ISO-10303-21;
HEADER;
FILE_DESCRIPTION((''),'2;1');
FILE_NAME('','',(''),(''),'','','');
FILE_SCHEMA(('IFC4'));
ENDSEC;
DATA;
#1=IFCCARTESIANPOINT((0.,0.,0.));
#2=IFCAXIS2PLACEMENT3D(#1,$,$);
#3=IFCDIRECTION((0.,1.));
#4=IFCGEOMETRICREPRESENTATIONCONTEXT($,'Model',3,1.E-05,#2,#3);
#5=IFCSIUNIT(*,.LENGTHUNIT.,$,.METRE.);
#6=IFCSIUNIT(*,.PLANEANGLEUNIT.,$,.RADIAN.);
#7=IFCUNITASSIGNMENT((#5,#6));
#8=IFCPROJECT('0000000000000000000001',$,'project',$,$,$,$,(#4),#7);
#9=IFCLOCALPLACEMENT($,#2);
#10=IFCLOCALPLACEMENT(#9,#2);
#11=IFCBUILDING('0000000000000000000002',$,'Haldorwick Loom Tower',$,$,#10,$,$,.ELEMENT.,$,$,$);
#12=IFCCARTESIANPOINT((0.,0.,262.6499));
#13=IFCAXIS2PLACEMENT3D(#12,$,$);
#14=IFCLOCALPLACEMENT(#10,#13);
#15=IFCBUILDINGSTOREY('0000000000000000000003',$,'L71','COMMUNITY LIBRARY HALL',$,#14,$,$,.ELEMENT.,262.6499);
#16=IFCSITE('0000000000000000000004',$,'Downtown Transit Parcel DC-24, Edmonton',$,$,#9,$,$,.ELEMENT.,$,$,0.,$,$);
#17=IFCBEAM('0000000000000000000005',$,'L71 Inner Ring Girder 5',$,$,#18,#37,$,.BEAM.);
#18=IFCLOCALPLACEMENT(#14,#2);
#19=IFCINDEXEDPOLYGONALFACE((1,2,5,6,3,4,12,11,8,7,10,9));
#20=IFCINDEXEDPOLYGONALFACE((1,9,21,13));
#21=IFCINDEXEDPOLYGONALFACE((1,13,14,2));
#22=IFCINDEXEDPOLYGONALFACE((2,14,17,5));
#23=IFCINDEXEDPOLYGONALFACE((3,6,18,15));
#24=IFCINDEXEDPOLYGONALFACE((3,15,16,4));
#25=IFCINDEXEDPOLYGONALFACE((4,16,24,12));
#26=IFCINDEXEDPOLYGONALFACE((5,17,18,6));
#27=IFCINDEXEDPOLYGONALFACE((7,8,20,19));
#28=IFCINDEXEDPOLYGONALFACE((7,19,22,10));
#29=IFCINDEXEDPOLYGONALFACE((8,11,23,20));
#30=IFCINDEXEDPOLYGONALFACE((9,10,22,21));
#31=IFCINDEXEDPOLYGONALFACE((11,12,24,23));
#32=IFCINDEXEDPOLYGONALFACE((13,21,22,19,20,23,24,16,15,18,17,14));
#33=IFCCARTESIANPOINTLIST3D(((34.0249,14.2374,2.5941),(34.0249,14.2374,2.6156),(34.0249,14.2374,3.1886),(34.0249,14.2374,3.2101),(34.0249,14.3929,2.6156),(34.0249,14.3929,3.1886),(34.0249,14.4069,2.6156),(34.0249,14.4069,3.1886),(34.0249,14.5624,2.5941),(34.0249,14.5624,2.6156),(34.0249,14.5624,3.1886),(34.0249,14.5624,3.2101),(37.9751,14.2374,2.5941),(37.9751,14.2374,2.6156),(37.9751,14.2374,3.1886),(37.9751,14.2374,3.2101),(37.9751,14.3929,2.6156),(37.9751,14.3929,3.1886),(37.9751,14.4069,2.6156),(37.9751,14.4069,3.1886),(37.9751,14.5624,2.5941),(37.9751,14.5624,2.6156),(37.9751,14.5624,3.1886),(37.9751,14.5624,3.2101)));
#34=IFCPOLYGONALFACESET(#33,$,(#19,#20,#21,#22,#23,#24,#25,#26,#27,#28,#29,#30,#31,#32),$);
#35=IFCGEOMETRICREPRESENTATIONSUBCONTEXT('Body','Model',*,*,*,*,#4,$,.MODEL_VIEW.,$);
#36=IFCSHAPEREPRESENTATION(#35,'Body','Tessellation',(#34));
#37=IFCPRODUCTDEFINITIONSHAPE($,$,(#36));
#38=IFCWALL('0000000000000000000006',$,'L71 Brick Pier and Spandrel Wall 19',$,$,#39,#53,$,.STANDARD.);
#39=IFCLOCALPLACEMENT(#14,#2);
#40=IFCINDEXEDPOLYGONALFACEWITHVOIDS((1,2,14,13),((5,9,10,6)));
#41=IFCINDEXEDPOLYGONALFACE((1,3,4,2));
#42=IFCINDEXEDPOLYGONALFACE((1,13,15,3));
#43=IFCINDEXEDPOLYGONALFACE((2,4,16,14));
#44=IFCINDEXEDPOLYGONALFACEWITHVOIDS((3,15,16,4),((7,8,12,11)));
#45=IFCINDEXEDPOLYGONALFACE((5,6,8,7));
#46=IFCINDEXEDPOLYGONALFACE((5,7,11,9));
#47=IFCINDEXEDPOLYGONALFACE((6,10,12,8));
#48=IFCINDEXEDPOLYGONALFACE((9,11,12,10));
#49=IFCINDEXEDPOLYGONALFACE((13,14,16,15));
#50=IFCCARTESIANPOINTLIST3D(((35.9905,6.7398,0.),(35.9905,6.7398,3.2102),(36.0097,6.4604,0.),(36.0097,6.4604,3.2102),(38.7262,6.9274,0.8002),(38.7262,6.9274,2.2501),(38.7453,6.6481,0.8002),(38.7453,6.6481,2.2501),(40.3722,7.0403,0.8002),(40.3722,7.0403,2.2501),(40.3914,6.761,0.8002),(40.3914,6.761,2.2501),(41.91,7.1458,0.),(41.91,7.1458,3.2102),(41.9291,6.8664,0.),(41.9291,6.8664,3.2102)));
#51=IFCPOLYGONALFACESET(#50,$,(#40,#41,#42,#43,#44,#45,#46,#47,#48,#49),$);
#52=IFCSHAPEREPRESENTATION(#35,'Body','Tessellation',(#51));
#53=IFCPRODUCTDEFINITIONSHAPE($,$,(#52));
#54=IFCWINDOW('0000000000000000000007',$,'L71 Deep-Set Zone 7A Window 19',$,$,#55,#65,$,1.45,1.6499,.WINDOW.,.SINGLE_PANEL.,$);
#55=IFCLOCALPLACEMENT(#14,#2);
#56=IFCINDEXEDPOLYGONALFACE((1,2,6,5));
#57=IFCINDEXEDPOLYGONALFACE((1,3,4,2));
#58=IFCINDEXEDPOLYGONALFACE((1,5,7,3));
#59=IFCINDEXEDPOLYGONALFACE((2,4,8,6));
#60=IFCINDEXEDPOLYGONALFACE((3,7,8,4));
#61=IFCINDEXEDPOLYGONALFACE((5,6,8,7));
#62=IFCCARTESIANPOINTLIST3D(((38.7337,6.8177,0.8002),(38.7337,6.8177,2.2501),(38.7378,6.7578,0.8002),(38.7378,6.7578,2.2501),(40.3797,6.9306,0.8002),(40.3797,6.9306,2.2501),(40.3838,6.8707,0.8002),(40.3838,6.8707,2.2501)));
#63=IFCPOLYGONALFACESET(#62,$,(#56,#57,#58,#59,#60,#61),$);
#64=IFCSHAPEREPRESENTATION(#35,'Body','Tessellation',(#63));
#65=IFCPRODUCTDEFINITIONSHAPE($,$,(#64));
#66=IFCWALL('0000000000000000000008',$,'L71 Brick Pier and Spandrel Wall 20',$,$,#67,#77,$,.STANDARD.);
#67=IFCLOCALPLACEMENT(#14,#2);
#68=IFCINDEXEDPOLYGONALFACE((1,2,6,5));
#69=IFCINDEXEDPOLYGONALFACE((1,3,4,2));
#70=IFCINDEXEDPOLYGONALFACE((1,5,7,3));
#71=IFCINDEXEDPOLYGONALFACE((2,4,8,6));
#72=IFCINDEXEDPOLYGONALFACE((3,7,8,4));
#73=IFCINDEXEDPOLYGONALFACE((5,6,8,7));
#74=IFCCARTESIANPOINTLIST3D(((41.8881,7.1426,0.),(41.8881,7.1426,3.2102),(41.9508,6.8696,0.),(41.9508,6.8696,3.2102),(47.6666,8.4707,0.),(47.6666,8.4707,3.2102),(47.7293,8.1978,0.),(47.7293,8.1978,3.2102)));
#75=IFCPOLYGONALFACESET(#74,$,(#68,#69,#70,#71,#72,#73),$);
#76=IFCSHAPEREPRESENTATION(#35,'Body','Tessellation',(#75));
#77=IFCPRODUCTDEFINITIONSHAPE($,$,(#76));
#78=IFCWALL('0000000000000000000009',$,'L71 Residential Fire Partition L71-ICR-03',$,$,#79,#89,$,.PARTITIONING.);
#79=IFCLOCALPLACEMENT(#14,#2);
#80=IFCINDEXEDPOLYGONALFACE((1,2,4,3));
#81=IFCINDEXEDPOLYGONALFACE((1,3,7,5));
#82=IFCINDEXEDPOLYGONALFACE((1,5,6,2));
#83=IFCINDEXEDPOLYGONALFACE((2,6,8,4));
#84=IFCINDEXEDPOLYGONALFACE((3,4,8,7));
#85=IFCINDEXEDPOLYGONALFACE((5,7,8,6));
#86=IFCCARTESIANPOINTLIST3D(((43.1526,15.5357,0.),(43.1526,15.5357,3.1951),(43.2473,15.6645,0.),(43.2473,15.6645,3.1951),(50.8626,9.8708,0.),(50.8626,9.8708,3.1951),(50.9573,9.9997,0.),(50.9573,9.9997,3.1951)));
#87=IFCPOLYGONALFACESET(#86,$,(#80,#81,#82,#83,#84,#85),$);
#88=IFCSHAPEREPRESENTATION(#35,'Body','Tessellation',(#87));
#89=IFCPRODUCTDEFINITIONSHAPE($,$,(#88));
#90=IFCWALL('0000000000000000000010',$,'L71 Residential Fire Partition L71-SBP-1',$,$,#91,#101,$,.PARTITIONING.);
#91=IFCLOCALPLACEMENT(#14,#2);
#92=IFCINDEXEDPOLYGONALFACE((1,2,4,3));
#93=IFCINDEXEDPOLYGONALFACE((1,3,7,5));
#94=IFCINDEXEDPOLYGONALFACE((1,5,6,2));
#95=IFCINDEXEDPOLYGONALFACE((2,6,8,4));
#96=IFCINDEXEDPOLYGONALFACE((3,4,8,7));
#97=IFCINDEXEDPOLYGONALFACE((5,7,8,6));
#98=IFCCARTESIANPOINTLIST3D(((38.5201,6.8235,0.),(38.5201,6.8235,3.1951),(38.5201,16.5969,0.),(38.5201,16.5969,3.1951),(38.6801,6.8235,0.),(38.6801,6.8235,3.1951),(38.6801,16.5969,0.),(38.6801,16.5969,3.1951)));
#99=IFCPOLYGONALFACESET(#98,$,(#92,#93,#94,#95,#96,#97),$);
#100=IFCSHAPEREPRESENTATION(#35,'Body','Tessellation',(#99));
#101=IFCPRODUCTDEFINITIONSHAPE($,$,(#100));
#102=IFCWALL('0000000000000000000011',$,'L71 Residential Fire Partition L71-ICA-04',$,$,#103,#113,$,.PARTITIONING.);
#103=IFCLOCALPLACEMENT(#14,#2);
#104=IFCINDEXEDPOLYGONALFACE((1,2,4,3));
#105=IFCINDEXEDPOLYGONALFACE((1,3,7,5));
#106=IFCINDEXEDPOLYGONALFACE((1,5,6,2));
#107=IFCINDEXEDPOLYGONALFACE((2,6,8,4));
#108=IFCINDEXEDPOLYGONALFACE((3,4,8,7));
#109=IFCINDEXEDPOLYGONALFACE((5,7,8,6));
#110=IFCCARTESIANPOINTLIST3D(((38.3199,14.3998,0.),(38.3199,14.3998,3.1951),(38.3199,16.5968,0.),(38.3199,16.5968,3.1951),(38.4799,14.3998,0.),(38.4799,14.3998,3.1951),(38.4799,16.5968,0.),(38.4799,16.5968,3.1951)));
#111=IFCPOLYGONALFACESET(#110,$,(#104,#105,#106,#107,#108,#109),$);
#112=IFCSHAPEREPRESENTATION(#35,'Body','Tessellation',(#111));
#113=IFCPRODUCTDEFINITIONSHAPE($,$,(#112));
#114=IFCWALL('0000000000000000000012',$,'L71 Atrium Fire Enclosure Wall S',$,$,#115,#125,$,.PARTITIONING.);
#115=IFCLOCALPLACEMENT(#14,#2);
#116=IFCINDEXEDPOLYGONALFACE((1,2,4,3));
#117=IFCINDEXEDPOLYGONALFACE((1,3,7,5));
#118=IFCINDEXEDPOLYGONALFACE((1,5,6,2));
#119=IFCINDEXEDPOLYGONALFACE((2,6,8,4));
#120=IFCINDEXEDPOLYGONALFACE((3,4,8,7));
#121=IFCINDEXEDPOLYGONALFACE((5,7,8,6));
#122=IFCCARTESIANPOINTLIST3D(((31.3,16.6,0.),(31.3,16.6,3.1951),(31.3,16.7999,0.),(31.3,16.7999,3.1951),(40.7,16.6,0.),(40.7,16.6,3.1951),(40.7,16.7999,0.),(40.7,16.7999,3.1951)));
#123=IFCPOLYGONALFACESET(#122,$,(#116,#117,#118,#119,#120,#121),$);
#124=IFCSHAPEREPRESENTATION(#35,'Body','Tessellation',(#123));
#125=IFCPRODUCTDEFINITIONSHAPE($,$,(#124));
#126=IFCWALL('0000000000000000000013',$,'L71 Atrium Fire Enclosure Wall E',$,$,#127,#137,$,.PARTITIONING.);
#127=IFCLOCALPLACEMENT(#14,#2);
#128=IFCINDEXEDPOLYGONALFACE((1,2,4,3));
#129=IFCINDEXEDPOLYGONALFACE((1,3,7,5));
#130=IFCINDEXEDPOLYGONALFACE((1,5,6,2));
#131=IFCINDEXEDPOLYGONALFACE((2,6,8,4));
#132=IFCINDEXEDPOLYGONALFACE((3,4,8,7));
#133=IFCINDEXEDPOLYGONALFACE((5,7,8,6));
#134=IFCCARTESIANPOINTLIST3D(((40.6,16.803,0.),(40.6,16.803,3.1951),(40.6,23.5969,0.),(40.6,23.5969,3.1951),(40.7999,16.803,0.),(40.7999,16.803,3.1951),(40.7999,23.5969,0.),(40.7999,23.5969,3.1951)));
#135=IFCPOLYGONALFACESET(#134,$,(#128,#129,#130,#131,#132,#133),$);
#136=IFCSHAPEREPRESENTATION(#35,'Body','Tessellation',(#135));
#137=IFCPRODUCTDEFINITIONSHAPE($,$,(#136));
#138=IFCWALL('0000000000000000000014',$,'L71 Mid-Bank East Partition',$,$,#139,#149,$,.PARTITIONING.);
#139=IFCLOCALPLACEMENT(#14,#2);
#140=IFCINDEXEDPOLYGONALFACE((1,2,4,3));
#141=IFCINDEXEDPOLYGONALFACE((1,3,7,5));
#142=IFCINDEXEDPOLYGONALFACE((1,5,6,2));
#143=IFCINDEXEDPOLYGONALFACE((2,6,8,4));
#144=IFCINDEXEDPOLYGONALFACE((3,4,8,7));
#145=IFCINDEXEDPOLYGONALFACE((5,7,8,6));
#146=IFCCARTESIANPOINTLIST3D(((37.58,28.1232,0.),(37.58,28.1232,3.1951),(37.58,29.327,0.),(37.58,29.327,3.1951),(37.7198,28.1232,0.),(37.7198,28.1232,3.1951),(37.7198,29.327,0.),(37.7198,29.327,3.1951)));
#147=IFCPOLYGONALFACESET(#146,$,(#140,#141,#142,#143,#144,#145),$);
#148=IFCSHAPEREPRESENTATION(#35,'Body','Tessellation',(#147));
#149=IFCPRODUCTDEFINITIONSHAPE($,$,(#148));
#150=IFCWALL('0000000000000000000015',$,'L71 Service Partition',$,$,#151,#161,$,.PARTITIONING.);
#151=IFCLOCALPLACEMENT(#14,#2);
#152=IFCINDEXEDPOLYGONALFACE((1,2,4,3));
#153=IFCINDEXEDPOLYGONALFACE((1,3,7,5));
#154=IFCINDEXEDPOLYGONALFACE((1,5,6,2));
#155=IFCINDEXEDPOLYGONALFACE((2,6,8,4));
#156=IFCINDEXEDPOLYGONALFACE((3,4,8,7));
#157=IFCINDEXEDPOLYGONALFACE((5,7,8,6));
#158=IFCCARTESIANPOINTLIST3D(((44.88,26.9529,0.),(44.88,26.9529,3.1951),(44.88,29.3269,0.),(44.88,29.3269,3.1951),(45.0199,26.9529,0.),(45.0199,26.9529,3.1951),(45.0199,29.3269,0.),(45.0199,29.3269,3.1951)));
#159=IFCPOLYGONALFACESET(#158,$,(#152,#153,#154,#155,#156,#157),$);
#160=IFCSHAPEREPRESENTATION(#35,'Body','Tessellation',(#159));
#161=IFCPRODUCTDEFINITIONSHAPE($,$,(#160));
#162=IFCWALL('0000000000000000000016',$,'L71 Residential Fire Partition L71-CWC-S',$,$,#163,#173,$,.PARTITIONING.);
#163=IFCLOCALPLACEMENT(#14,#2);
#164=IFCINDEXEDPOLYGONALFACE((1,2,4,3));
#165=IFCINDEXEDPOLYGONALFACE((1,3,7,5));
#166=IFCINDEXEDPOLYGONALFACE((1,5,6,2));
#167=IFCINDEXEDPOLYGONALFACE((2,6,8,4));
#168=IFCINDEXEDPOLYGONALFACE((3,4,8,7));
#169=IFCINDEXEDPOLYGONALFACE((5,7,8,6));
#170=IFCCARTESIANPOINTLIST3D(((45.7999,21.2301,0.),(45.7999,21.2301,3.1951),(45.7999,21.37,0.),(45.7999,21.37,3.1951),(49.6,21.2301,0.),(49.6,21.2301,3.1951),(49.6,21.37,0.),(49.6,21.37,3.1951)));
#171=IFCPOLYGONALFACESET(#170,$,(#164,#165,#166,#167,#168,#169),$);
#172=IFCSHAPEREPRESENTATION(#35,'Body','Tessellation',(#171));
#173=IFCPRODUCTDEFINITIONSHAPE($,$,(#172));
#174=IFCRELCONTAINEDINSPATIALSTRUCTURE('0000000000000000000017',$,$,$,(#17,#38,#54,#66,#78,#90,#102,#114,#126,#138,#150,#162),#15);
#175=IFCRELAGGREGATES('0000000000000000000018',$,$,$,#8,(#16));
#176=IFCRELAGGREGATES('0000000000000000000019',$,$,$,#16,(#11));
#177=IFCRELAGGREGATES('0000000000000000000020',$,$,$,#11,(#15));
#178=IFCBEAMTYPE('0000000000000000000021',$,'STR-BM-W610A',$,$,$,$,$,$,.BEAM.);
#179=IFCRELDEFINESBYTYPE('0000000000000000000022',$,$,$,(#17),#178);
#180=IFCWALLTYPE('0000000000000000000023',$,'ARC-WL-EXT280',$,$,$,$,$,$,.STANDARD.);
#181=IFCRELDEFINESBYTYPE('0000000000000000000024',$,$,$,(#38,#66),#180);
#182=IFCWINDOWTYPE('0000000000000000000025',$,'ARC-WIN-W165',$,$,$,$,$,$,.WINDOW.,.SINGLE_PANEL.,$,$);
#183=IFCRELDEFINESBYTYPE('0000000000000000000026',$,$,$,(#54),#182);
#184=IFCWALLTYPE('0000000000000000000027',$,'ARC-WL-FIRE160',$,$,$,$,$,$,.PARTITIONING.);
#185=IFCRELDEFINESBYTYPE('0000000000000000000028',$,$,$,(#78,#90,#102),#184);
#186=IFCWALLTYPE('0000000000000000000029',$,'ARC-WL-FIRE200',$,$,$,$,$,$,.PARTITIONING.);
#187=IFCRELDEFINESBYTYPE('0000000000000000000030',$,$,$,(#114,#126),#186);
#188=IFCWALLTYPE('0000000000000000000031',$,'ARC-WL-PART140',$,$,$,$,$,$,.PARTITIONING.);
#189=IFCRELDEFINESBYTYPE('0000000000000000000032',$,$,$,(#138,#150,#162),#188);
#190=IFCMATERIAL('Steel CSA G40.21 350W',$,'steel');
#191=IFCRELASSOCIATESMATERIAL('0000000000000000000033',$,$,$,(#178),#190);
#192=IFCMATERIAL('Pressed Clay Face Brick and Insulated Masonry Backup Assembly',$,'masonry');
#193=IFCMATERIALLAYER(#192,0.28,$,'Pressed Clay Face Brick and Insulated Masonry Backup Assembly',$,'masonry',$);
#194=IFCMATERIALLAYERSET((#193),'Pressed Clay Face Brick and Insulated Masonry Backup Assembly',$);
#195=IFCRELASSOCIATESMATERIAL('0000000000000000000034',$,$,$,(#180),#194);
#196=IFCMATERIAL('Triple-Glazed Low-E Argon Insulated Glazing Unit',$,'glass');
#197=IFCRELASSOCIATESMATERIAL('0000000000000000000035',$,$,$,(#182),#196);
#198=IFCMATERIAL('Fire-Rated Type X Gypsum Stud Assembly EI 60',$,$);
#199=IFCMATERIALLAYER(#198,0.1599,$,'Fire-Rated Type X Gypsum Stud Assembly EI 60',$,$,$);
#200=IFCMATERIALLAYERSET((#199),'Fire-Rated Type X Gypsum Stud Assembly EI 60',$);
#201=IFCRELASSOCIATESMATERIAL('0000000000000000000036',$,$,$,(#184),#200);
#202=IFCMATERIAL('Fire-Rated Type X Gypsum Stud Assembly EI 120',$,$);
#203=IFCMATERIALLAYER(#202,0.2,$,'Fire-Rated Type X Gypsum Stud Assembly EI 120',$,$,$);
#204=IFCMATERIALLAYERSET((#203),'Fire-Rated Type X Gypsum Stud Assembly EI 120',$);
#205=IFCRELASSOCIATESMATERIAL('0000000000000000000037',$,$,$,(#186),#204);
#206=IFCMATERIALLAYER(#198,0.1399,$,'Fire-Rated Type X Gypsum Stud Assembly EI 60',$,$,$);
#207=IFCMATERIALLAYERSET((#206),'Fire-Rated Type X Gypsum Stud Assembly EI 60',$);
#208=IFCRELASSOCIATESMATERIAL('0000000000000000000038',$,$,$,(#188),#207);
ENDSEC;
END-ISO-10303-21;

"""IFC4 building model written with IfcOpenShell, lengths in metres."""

from ifc_helpers import new_model, si_unit, direction, frame, frame_2d, origin, origin_2d, place, context, subcontext, project, spatial, rectangle, i_section, extrude, material, layer, layer_set, material_profile, profile_set, type_object, element, fill, save


model = new_model("IFC4")

# Units and contexts
model_context = context("Model", 3, precision=1e-05, world=origin(), true_north=direction((0.0, 1.0)))
body_context = subcontext(model_context, "Body", "Model", "MODEL_VIEW")
ifc_project = project(units=[si_unit("LENGTHUNIT", "METRE"), si_unit("PLANEANGLEUNIT", "RADIAN")], contexts=[model_context])

# Site, building, storey
site_placement = place(None, origin())
site = spatial("IfcSite", under=ifc_project, at=site_placement, Name="Downtown Transit Parcel DC-24, Edmonton", CompositionType="ELEMENT", RefElevation=0.0)
building_placement = place(site_placement, origin())
building = spatial("IfcBuilding", under=site, at=building_placement, Name="Haldorwick Loom Tower", CompositionType="ELEMENT")
storey_placement = place(building_placement, frame((0.0, 0.0, 262.6499)))
storey = spatial("IfcBuildingStorey", under=building, at=storey_placement, Name="L71", Description="COMMUNITY LIBRARY HALL", CompositionType="ELEMENT", Elevation=262.6499)

# Shared definitions
ifc_material_1 = material(Name="Steel CSA G40.21 350W", Category="steel")

# Beam
ifc_material_profile_1 = material_profile(ifc_material_1, i_section(OverallWidth=0.325, OverallDepth=0.616, WebThickness=0.0139, FlangeThickness=0.0215, at=origin_2d()), Name="W610X174", Category="steel")
ifc_profile_set_1 = profile_set([ifc_material_profile_1], Name="Steel CSA G40.21 350W")
beam_type_1 = type_object("IfcBeamType", Name="STR-BM-W610A", PredefinedType="BEAM", material=ifc_profile_set_1)
beam_1_placement = place(storey_placement, frame((37.9751, 14.3999, 2.9021), z_axis=(-1.0, 0.0, 0.0), x_axis=(0.0, -1.0, 0.0)))
element("IfcBeam", 1, at=beam_1_placement, inside=storey, type_object=beam_type_1, Name="L71 Inner Ring Girder 5", PredefinedType="BEAM", context=body_context, shape_type="SweptSolid", body=[
    extrude(i_section(OverallWidth=0.325, OverallDepth=0.616, WebThickness=0.0139, FlangeThickness=0.0215, at=origin_2d()), origin(), (0.0, 0.0, 1.0), 3.9502),
])

# Wall, opening, window
ifc_material_2 = material(Name="Pressed Clay Face Brick and Insulated Masonry Backup Assembly", Category="masonry")
ifc_layer_1 = layer(ifc_material_2, 0.28, Name="Pressed Clay Face Brick and Insulated Masonry Backup Assembly", Category="masonry")
ifc_layer_set_1 = layer_set([ifc_layer_1], Name="Pressed Clay Face Brick and Insulated Masonry Backup Assembly")
wall_type_1 = type_object("IfcWallType", Name="ARC-WL-EXT280", PredefinedType="STANDARD", material=ifc_layer_set_1)
wall_1_placement = place(storey_placement, frame((36.0, 6.6001, 0.0), z_axis=(0.0, 0.0, 1.0), x_axis=(0.997656, 0.068428, 0.0)))
wall_1 = element("IfcWall", 2, at=wall_1_placement, inside=storey, type_object=wall_type_1, Name="L71 Brick Pier and Spandrel Wall 19", PredefinedType="STANDARD", context=body_context, shape_type="SweptSolid", body=[
    extrude(rectangle(XDim=5.9333, YDim=0.28, at=frame_2d((2.9668, 0.0))), origin(), (0.0, 0.0, 1.0), 3.2102),
])
opening_placement = place(wall_1_placement, frame((2.7422, 0.0, 0.8)))
opening = element("IfcOpeningElement", 3, at=opening_placement, cuts=wall_1, PredefinedType="OPENING", context=body_context, shape_type="SweptSolid", body=[
    extrude(rectangle(XDim=1.6499, YDim=1.45, at=frame_2d((0.825, 0.7251))), frame((0.0, 0.1499, 0.0), z_axis=(0.0, -1.0, 0.0), x_axis=(1.0, 0.0, 0.0)), (0.0, 0.0, 1.0), 0.3),
])
ifc_material_3 = material(Name="Triple-Glazed Low-E Argon Insulated Glazing Unit", Category="glass")
window_type = type_object("IfcWindowType", Name="ARC-WIN-W165", PartitioningType="SINGLE_PANEL", PredefinedType="WINDOW", material=ifc_material_3)
window_placement = place(opening_placement, origin())
window = element("IfcWindow", 4, at=window_placement, inside=storey, type_object=window_type, Name="L71 Deep-Set Zone 7A Window 19", OverallHeight=1.45, OverallWidth=1.6499, PartitioningType="SINGLE_PANEL", PredefinedType="WINDOW", context=body_context, shape_type="SweptSolid", body=[
    extrude(rectangle(XDim=1.6499, YDim=1.45, at=frame_2d((0.825, 0.7251))), frame((0.0, 0.03, 0.0), z_axis=(0.0, -1.0, 0.0), x_axis=(1.0, 0.0, 0.0)), (0.0, 0.0, 1.0), 0.0601),
])
fill(opening, window)

# Walls
wall_2_placement = place(storey_placement, frame((41.9194, 7.0061, 0.0), z_axis=(0.0, 0.0, 1.0), x_axis=(0.97459, 0.223996, 0.0)))
element("IfcWall", 5, at=wall_2_placement, inside=storey, type_object=wall_type_1, Name="L71 Brick Pier and Spandrel Wall 20", PredefinedType="STANDARD", context=body_context, shape_type="SweptSolid", body=[
    extrude(rectangle(XDim=5.9292, YDim=0.28, at=frame_2d((2.9646, 0.0))), origin(), (0.0, 0.0, 1.0), 3.2102),
])
ifc_material_4 = material(Name="Fire-Rated Type X Gypsum Stud Assembly EI 60")
ifc_layer_2 = layer(ifc_material_4, 0.1599, Name="Fire-Rated Type X Gypsum Stud Assembly EI 60")
ifc_layer_set_2 = layer_set([ifc_layer_2], Name="Fire-Rated Type X Gypsum Stud Assembly EI 60")
wall_type_2 = type_object("IfcWallType", Name="ARC-WL-FIRE160", PredefinedType="PARTITIONING", material=ifc_layer_set_2)
wall_3_placement = place(storey_placement, frame((43.2, 15.6001, 0.0), z_axis=(0.0, 0.0, 1.0), x_axis=(0.805865, -0.592099, 0.0)))
element("IfcWall", 6, at=wall_3_placement, inside=storey, type_object=wall_type_2, Name="L71 Residential Fire Partition L71-ICR-03", PredefinedType="PARTITIONING", context=body_context, shape_type="SweptSolid", body=[
    extrude(rectangle(XDim=9.5674, YDim=0.1599, at=frame_2d((4.7837, 0.0))), origin(), (0.0, 0.0, 1.0), 3.1951),
])
wall_4_placement = place(storey_placement, frame((38.6001, 6.8235, 0.0), z_axis=(0.0, 0.0, 1.0), x_axis=(0.0, 1.0, 0.0)))
element("IfcWall", 7, at=wall_4_placement, inside=storey, type_object=wall_type_2, Name="L71 Residential Fire Partition L71-SBP-1", PredefinedType="PARTITIONING", context=body_context, shape_type="SweptSolid", body=[
    extrude(rectangle(XDim=9.7734, YDim=0.1599, at=frame_2d((4.8867, 0.0))), origin(), (0.0, 0.0, 1.0), 3.1951),
])
wall_5_placement = place(storey_placement, frame((38.3999, 16.5969, 0.0), z_axis=(0.0, 0.0, 1.0), x_axis=(0.0, -1.0, 0.0)))
element("IfcWall", 8, at=wall_5_placement, inside=storey, type_object=wall_type_2, Name="L71 Residential Fire Partition L71-ICA-04", PredefinedType="PARTITIONING", context=body_context, shape_type="SweptSolid", body=[
    extrude(rectangle(XDim=2.197, YDim=0.1599, at=frame_2d((1.0986, 0.0))), origin(), (0.0, 0.0, 1.0), 3.1951),
])
ifc_material_5 = material(Name="Fire-Rated Type X Gypsum Stud Assembly EI 120")
ifc_layer_3 = layer(ifc_material_5, 0.2, Name="Fire-Rated Type X Gypsum Stud Assembly EI 120")
ifc_layer_set_3 = layer_set([ifc_layer_3], Name="Fire-Rated Type X Gypsum Stud Assembly EI 120")
wall_type_3 = type_object("IfcWallType", Name="ARC-WL-FIRE200", PredefinedType="PARTITIONING", material=ifc_layer_set_3)
wall_6_placement = place(storey_placement, frame((40.7, 16.7, 0.0), z_axis=(0.0, 0.0, 1.0), x_axis=(-1.0, 0.0, 0.0)))
element("IfcWall", 9, at=wall_6_placement, inside=storey, type_object=wall_type_3, Name="L71 Atrium Fire Enclosure Wall S", PredefinedType="PARTITIONING", context=body_context, shape_type="SweptSolid", body=[
    extrude(rectangle(XDim=9.3999, YDim=0.2, at=frame_2d((4.7, 0.0))), origin(), (0.0, 0.0, 1.0), 3.1951),
])
wall_7_placement = place(storey_placement, frame((40.7, 23.5969, 0.0), z_axis=(0.0, 0.0, 1.0), x_axis=(0.0, -1.0, 0.0)))
element("IfcWall", 10, at=wall_7_placement, inside=storey, type_object=wall_type_3, Name="L71 Atrium Fire Enclosure Wall E", PredefinedType="PARTITIONING", context=body_context, shape_type="SweptSolid", body=[
    extrude(rectangle(XDim=6.7939, YDim=0.2, at=frame_2d((3.397, 0.0))), origin(), (0.0, 0.0, 1.0), 3.1951),
])
ifc_layer_4 = layer(ifc_material_4, 0.1399, Name="Fire-Rated Type X Gypsum Stud Assembly EI 60")
ifc_layer_set_4 = layer_set([ifc_layer_4], Name="Fire-Rated Type X Gypsum Stud Assembly EI 60")
wall_type_4 = type_object("IfcWallType", Name="ARC-WL-PART140", PredefinedType="PARTITIONING", material=ifc_layer_set_4)
wall_8_placement = place(storey_placement, frame((37.6499, 28.123, 0.0), z_axis=(0.0, 0.0, 1.0), x_axis=(0.0, 1.0, 0.0)))
element("IfcWall", 11, at=wall_8_placement, inside=storey, type_object=wall_type_4, Name="L71 Mid-Bank East Partition", PredefinedType="PARTITIONING", context=body_context, shape_type="SweptSolid", body=[
    extrude(rectangle(XDim=1.2039, YDim=0.1399, at=frame_2d((0.6021, 0.0))), origin(), (0.0, 0.0, 1.0), 3.1951),
])
wall_9_placement = place(storey_placement, frame((44.95, 26.9529, 0.0), z_axis=(0.0, 0.0, 1.0), x_axis=(0.0, 1.0, 0.0)))
element("IfcWall", 12, at=wall_9_placement, inside=storey, type_object=wall_type_4, Name="L71 Service Partition", PredefinedType="PARTITIONING", context=body_context, shape_type="SweptSolid", body=[
    extrude(rectangle(XDim=2.374, YDim=0.1399, at=frame_2d((1.187, 0.0))), origin(), (0.0, 0.0, 1.0), 3.1951),
])
wall_10_placement = place(storey_placement, frame((45.8, 21.3, 0.0), z_axis=(0.0, 0.0, 1.0), x_axis=(1.0, 0.0, 0.0)))
element("IfcWall", 13, at=wall_10_placement, inside=storey, type_object=wall_type_4, Name="L71 Residential Fire Partition L71-CWC-S", PredefinedType="PARTITIONING", context=body_context, shape_type="SweptSolid", body=[
    extrude(rectangle(XDim=3.8, YDim=0.1399, at=frame_2d((1.8999, 0.0))), origin(), (0.0, 0.0, 1.0), 3.1951),
])

save(model, "model.ifc")
